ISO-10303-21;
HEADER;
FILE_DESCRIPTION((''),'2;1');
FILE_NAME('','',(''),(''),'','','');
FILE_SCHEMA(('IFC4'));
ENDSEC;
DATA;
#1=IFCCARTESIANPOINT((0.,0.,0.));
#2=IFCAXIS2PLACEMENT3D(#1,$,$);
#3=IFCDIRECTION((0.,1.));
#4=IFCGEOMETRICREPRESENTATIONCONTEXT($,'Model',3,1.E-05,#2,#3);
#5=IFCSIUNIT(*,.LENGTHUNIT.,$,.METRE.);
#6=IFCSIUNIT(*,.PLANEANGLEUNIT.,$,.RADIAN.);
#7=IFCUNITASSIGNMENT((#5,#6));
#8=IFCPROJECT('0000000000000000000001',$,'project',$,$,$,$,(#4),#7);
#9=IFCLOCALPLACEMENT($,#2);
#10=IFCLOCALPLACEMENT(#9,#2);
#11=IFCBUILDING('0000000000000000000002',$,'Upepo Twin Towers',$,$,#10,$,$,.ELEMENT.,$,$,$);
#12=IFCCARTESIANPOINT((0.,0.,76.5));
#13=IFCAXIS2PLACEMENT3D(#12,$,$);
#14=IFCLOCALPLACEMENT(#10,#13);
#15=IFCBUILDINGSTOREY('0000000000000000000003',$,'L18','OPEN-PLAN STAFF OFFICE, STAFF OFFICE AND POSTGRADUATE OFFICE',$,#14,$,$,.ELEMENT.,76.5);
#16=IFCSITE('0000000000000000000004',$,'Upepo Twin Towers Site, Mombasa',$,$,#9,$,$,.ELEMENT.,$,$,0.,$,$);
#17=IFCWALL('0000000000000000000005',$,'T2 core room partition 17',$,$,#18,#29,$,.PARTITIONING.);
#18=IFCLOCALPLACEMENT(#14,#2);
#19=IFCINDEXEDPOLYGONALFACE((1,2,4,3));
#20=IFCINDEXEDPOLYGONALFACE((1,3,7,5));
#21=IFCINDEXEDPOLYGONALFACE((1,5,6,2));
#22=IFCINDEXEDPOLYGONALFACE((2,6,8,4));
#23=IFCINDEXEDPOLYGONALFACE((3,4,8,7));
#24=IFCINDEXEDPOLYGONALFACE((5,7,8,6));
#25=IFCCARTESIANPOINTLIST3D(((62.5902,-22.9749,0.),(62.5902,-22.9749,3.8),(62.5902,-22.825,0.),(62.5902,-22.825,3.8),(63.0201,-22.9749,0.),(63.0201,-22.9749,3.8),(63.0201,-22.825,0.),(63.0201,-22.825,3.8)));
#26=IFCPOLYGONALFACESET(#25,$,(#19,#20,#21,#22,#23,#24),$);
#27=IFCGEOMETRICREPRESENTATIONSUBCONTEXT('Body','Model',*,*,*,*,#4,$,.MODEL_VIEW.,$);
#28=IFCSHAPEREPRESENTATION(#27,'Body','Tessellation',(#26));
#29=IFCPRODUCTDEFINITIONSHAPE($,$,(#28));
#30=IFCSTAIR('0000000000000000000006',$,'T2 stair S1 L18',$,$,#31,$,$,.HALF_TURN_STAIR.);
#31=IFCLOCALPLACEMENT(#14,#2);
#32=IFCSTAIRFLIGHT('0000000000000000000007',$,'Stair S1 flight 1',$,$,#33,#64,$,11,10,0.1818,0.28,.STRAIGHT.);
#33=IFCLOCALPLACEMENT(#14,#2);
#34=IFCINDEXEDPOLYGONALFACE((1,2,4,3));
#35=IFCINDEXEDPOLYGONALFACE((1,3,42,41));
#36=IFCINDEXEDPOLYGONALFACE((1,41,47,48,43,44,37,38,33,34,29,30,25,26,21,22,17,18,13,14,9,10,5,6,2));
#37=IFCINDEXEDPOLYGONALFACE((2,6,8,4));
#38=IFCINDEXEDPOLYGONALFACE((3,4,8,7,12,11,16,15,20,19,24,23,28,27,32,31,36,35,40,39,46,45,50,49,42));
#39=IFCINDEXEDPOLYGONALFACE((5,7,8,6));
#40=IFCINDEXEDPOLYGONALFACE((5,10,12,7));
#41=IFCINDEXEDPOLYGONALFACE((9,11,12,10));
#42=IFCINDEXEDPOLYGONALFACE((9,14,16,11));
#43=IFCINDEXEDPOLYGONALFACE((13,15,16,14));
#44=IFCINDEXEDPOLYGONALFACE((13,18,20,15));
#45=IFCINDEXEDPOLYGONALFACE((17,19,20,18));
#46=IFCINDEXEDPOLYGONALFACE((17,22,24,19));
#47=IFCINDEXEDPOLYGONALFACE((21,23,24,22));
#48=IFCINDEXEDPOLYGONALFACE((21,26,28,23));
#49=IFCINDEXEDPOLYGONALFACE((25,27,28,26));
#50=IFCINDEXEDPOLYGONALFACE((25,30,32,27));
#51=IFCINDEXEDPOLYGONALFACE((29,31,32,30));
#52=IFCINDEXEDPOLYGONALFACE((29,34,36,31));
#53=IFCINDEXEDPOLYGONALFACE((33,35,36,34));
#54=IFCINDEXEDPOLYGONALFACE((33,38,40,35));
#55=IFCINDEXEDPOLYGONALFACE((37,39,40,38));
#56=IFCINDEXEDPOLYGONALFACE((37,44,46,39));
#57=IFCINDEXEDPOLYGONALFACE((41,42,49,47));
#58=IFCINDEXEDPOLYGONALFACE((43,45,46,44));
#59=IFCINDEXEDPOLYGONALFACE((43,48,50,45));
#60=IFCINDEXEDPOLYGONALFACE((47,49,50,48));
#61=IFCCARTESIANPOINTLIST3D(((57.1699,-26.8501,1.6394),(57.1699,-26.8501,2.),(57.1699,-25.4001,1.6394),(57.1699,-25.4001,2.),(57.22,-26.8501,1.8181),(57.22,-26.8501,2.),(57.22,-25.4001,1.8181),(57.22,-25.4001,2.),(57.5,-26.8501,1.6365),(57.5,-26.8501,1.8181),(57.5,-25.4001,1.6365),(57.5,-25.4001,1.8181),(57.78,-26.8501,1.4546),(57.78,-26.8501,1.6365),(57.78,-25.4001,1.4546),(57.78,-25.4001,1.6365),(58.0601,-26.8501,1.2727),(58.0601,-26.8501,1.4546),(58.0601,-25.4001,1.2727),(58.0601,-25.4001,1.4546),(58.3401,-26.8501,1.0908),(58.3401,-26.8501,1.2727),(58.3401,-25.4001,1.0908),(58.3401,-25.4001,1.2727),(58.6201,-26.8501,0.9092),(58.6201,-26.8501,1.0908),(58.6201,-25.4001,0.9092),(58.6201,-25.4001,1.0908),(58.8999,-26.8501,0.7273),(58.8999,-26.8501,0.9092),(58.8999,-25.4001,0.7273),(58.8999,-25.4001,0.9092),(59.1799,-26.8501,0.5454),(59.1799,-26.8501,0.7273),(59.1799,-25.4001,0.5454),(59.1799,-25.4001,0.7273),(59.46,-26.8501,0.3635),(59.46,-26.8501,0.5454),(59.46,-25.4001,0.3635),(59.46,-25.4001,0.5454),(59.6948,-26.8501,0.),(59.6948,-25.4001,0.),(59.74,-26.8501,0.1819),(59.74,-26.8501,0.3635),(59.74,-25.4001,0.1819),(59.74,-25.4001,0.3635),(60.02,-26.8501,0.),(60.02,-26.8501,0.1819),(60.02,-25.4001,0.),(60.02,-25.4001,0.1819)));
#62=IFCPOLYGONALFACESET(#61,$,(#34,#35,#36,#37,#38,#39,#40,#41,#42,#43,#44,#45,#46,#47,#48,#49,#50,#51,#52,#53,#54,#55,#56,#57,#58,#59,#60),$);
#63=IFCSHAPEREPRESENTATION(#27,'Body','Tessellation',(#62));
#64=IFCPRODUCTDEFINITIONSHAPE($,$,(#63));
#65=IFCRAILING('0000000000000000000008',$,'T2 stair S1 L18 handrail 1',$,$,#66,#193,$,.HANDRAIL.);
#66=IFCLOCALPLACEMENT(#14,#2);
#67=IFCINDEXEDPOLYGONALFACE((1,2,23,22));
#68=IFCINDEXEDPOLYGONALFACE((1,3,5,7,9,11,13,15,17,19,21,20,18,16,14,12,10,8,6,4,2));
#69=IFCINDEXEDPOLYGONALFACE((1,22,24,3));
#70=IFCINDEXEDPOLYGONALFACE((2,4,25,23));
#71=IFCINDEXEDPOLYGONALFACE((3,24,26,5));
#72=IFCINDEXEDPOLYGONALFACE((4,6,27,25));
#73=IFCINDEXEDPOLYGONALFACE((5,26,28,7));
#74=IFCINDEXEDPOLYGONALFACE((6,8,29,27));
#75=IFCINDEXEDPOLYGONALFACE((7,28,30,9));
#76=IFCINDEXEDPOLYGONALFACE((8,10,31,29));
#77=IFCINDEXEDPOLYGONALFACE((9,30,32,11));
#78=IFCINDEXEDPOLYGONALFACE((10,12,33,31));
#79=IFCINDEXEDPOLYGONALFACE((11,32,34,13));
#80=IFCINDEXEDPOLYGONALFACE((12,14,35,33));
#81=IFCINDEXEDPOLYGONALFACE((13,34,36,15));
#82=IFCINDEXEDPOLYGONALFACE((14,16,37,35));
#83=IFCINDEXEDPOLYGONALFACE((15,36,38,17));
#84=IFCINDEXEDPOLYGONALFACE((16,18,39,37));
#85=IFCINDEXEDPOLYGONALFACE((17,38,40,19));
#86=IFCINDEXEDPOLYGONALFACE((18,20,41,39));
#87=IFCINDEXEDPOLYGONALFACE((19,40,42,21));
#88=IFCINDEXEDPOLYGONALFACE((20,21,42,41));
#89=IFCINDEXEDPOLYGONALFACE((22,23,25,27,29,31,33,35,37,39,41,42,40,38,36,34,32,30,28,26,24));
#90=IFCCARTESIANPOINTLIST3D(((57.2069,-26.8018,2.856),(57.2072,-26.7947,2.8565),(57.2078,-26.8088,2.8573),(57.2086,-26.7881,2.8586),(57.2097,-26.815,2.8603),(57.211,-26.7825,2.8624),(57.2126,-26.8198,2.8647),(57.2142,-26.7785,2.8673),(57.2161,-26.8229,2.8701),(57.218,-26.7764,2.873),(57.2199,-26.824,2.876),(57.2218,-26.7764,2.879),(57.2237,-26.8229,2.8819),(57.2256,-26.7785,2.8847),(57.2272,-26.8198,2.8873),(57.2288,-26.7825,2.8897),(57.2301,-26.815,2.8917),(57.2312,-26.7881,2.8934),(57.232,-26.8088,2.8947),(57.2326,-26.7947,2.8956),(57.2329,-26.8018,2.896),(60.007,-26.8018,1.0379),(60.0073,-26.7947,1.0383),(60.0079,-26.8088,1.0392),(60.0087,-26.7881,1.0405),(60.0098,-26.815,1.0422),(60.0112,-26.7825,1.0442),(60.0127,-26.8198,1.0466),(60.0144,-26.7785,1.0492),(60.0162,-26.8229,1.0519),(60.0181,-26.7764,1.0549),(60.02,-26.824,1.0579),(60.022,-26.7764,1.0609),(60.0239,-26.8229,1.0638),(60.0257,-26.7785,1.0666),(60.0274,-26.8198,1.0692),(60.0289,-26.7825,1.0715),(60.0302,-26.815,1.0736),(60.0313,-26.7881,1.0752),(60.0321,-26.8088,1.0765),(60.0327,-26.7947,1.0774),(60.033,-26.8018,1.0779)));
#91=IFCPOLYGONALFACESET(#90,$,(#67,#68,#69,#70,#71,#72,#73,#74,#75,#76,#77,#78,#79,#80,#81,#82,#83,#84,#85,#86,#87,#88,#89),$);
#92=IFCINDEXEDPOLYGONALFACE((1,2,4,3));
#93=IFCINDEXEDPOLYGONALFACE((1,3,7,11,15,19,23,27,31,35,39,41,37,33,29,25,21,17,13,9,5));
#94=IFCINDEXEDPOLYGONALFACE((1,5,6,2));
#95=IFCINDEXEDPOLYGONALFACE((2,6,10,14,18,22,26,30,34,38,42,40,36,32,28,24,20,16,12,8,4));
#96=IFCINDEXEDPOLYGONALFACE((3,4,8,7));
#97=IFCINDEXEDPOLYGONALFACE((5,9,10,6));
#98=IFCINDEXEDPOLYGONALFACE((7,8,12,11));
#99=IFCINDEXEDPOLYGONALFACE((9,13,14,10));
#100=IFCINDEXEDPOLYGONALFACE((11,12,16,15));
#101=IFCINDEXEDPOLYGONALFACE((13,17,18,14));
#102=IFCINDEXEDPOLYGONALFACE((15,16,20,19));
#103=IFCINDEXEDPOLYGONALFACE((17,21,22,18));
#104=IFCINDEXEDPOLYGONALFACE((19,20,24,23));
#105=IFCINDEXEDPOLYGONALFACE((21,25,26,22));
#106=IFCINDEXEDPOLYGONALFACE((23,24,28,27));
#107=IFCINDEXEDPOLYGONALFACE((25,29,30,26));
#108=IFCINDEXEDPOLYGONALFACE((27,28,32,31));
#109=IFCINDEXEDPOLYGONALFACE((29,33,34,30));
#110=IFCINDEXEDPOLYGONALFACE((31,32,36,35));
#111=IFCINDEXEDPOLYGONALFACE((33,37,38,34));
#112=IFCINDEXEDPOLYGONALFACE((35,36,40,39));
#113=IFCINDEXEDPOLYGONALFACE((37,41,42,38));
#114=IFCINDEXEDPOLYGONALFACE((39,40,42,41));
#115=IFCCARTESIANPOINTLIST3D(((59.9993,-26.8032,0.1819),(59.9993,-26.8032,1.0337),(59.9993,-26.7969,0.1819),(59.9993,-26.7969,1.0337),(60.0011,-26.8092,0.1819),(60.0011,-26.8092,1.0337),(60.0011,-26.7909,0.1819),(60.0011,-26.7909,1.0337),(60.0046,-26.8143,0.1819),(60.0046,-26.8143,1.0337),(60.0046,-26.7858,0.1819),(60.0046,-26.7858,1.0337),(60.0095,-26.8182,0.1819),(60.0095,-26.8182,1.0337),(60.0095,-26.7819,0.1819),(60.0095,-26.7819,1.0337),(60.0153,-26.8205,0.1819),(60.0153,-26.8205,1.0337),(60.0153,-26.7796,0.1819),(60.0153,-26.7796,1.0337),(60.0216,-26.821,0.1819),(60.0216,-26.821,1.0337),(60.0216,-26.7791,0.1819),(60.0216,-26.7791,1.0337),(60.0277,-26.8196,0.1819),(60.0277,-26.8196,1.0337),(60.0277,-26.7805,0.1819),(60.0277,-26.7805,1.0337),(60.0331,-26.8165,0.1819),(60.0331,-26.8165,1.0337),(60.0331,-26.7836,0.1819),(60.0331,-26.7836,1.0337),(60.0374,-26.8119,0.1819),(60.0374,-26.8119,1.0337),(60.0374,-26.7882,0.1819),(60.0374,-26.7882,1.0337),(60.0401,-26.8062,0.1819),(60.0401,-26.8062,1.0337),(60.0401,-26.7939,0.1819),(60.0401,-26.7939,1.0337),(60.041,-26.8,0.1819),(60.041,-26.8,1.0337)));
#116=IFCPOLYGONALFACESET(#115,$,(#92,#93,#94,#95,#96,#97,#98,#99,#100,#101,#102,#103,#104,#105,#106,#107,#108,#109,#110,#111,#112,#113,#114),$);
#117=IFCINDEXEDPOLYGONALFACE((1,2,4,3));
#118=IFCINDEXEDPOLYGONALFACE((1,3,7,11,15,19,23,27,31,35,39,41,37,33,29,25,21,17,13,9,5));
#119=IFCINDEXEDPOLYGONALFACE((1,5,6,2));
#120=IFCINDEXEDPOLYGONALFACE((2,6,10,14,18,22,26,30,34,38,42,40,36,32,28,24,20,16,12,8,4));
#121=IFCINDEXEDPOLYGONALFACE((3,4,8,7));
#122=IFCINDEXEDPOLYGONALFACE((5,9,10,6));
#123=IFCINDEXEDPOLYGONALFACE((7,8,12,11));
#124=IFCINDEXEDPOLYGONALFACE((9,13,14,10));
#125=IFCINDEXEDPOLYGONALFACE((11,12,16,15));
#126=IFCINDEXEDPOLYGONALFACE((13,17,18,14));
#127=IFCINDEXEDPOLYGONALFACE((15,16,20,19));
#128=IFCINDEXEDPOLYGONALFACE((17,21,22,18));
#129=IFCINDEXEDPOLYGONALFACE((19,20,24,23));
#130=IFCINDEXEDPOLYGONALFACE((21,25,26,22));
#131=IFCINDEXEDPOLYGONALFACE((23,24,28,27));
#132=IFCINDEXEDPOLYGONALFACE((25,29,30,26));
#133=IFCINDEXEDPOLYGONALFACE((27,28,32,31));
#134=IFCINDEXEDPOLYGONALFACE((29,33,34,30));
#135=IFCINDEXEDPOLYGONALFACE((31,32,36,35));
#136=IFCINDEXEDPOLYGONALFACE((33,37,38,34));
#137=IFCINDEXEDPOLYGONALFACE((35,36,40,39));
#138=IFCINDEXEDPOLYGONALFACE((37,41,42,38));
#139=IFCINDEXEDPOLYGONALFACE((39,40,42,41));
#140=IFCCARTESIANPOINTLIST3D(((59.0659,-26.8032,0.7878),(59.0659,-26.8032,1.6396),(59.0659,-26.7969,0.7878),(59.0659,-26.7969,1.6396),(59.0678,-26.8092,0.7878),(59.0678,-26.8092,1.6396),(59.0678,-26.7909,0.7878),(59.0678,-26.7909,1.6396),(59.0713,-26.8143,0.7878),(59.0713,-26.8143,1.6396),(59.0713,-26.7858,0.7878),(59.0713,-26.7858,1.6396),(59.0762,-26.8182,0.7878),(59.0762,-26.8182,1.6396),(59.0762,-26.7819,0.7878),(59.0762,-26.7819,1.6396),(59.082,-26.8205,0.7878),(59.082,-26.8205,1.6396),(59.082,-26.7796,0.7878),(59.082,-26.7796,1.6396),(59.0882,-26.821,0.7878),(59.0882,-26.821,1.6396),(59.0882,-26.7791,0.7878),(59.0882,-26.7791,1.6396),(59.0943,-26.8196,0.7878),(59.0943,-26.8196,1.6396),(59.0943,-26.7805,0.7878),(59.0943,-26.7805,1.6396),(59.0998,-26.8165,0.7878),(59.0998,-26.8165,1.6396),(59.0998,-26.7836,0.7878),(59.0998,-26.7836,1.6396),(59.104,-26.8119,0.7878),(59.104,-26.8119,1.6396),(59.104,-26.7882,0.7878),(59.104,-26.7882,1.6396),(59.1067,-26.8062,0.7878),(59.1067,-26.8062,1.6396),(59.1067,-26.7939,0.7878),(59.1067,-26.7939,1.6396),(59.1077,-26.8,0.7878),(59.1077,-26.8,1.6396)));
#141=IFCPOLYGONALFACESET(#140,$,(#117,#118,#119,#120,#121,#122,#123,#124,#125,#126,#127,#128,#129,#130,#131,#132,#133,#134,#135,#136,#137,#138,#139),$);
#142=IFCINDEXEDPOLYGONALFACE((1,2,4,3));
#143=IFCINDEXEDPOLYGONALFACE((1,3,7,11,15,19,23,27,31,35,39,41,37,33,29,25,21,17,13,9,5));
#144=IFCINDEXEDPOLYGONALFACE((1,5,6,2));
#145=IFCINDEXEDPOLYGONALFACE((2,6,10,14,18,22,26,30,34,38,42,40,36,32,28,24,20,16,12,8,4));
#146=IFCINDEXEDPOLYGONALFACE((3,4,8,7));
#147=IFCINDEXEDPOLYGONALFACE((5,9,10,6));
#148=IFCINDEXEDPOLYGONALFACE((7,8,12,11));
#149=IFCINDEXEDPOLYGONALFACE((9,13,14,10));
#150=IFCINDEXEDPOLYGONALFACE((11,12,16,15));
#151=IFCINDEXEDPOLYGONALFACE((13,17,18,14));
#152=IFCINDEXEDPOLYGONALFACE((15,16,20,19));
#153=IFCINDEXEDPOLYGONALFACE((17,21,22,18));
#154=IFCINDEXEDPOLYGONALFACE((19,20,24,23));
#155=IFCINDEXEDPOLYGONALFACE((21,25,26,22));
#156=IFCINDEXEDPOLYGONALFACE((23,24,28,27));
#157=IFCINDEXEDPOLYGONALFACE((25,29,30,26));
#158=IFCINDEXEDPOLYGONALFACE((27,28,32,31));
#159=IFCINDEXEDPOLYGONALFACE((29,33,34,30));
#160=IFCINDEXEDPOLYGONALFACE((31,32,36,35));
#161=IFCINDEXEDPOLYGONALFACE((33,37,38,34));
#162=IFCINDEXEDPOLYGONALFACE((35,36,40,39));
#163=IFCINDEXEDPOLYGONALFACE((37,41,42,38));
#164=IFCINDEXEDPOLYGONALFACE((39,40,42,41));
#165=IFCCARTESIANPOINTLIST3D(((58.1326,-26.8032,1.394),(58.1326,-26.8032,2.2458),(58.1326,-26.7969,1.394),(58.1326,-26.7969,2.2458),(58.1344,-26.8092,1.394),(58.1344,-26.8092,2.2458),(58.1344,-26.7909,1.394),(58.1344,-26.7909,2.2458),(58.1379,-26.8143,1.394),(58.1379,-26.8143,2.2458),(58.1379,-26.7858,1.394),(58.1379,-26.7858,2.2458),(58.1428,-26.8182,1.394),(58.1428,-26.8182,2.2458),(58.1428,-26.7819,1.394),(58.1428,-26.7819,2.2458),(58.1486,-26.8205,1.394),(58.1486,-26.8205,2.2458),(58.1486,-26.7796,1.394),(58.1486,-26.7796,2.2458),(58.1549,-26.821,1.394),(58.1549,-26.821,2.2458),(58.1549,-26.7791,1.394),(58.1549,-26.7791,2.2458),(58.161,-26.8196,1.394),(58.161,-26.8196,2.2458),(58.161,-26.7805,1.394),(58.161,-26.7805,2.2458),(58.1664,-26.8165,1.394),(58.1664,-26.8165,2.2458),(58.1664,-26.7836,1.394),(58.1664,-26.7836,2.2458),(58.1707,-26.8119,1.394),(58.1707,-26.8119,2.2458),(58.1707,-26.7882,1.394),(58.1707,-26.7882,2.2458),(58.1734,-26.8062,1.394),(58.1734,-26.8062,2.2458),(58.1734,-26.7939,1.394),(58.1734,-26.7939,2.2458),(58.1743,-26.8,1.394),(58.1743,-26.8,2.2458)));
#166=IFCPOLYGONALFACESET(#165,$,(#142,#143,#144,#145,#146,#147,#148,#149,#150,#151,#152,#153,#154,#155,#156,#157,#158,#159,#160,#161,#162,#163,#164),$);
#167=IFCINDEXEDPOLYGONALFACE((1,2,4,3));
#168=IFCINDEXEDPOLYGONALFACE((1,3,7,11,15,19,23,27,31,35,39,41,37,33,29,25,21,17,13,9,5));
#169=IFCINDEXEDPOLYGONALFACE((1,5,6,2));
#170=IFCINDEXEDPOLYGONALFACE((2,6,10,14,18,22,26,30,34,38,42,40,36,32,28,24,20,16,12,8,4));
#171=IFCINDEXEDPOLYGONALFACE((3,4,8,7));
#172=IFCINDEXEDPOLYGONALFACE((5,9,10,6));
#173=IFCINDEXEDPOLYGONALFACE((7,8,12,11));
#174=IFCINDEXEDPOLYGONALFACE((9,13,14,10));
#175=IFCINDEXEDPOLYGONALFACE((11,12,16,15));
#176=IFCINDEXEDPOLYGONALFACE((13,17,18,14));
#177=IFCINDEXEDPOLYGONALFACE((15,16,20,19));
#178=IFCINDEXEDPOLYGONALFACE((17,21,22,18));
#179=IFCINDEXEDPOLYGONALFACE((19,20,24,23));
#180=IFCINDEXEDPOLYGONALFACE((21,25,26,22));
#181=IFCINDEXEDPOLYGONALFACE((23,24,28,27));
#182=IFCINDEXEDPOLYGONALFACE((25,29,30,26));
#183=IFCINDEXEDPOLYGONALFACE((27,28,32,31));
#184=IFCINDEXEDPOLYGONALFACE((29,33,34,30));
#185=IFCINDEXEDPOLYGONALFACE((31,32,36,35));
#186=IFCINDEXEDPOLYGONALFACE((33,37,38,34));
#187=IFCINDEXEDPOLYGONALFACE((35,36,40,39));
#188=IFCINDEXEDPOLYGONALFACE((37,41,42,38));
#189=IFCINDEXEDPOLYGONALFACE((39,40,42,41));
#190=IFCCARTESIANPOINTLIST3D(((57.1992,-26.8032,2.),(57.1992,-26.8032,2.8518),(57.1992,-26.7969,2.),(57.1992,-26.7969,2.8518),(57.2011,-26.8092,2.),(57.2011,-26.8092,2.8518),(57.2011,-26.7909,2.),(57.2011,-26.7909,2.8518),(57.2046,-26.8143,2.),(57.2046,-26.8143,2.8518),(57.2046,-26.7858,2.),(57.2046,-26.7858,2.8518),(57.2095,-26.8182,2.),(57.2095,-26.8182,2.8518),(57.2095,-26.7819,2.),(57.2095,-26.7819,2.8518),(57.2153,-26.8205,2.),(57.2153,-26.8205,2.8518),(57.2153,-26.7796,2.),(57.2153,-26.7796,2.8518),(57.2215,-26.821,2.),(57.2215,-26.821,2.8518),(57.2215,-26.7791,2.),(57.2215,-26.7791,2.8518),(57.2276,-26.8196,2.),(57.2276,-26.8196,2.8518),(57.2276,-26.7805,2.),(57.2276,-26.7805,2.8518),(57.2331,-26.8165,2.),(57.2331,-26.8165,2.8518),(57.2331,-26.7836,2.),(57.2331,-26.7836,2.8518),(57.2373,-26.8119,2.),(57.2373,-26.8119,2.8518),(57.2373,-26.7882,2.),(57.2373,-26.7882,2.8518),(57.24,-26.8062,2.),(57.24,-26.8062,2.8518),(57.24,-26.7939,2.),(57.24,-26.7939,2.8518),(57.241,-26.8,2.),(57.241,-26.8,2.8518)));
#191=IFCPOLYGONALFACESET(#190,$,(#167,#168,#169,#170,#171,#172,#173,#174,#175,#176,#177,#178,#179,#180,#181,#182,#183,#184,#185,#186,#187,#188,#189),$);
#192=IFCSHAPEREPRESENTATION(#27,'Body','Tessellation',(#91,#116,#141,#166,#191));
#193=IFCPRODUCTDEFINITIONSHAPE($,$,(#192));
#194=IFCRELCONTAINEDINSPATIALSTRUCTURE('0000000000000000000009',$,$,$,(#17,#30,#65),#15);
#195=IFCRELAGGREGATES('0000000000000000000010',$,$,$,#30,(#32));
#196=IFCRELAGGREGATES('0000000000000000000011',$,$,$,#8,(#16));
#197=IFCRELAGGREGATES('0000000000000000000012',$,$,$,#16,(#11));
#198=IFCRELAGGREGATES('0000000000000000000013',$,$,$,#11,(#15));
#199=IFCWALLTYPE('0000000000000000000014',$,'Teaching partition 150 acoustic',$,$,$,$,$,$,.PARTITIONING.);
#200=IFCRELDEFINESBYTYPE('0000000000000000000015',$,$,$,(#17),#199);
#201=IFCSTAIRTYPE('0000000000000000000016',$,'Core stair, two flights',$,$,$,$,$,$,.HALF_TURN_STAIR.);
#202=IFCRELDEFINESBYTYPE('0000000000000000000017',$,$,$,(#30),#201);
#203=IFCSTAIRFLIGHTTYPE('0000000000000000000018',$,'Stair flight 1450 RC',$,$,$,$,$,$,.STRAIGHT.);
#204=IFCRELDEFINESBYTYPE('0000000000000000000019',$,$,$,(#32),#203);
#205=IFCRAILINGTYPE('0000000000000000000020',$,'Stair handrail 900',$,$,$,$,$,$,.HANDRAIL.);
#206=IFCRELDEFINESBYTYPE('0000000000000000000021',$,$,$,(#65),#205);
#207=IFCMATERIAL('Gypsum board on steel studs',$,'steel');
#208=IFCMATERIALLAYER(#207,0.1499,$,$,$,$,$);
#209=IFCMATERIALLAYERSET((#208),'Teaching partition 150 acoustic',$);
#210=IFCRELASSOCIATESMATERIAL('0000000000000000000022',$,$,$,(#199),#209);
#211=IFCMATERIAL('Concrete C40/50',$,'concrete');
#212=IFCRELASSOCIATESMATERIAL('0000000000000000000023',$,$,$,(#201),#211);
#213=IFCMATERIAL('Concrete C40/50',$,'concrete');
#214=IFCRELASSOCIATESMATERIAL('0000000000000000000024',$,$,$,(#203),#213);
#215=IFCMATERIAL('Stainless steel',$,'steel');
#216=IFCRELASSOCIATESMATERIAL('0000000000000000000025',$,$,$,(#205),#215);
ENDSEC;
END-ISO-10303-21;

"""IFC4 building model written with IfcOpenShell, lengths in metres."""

from ifc_helpers import new_model, si_unit, direction, frame, frame_2d, origin, origin_2d, place, context, subcontext, project, spatial, polyline, rectangle, circle, outline, extrude, material, layer, layer_set, type_object, element, aggregate, save


model = new_model("IFC4")

# Units and contexts
model_context = context("Model", 3, precision=1e-05, world=origin(), true_north=direction((0.0, 1.0)))
body_context = subcontext(model_context, "Body", "Model", "MODEL_VIEW")
ifc_project = project(units=[si_unit("LENGTHUNIT", "METRE"), si_unit("PLANEANGLEUNIT", "RADIAN")], contexts=[model_context])

# Site, building, storey
site_placement = place(None, origin())
site = spatial("IfcSite", under=ifc_project, at=site_placement, Name="Upepo Twin Towers Site, Mombasa", CompositionType="ELEMENT", RefElevation=0.0)
building_placement = place(site_placement, origin())
building = spatial("IfcBuilding", under=site, at=building_placement, Name="Upepo Twin Towers", CompositionType="ELEMENT")
storey_placement = place(building_placement, frame((0.0, 0.0, 76.5)))
storey = spatial("IfcBuildingStorey", under=building, at=storey_placement, Name="L18", Description="OPEN-PLAN STAFF OFFICE, STAFF OFFICE AND POSTGRADUATE OFFICE", CompositionType="ELEMENT", Elevation=76.5)

# Shared definitions
ifc_material_1 = material(Name="Gypsum board on steel studs", Category="steel")
ifc_layer_1 = layer(ifc_material_1, 0.1499)
ifc_layer_set_1 = layer_set([ifc_layer_1], Name="Teaching partition 150 acoustic")
wall_type_1 = type_object("IfcWallType", Name="Teaching partition 150 acoustic", PredefinedType="PARTITIONING", material=ifc_layer_set_1)

# Wall
wall_1_placement = place(storey_placement, frame((63.02, -22.8999, 0.0), z_axis=(0.0, 0.0, 1.0), x_axis=(-1.0, 0.0, 0.0)))
element("IfcWall", 1, at=wall_1_placement, inside=storey, type_object=wall_type_1, Name="T2 core room partition 17", PredefinedType="PARTITIONING", context=body_context, shape_type="SweptSolid", body=[
    extrude(rectangle(XDim=0.4299, YDim=0.1499, at=frame_2d((0.2148, 0.0))), origin(), (0.0, 0.0, 1.0), 3.8),
])

# Stair, stair flight
ifc_material_2 = material(Name="Concrete C40/50", Category="concrete")
stair_type = type_object("IfcStairType", Name="Core stair, two flights", PredefinedType="HALF_TURN_STAIR", material=ifc_material_2)
stair_placement = place(storey_placement, origin())
stair = element("IfcStair", 2, at=stair_placement, inside=storey, type_object=stair_type, Name="T2 stair S1 L18", PredefinedType="HALF_TURN_STAIR")
ifc_material_3 = material(Name="Concrete C40/50", Category="concrete")
stair_flight_type = type_object("IfcStairFlightType", Name="Stair flight 1450 RC", PredefinedType="STRAIGHT", material=ifc_material_3)
stair_flight_placement = place(storey_placement, frame((60.02, -26.125, 0.0), z_axis=(0.0, 0.0, 1.0), x_axis=(-1.0, 0.0, 0.0)))
stair_flight = element("IfcStairFlight", 3, at=stair_flight_placement, type_object=stair_flight_type, Name="Stair S1 flight 1", NumberOfRisers=11, NumberOfTreads=10, PredefinedType="STRAIGHT", RiserHeight=0.1818, TreadLength=0.28, context=body_context, shape_type="SweptSolid", body=[
    extrude(outline(polyline([(0.0, 0.0), (0.0, 0.1819), (0.28, 0.1819), (0.28, 0.3635), (0.5601, 0.3635), (0.5601, 0.5454), (0.8401, 0.5454), (0.8401, 0.7273), (1.1201, 0.7273), (1.1201, 0.9092), (1.3999, 0.9092), (1.3999, 1.0908), (1.6799, 1.0908), (1.6799, 1.2727), (1.96, 1.2727), (1.96, 1.4546), (2.24, 1.4546), (2.24, 1.6365), (2.52, 1.6365), (2.52, 1.8181), (2.8, 1.8181), (2.8, 2.0), (2.8501, 2.0), (2.8501, 1.6394), (0.3252, 0.0), (0.0, 0.0)])), frame((0.0, 0.7251, 0.0), z_axis=(0.0, -1.0, 0.0), x_axis=(1.0, 0.0, 0.0)), (0.0, 0.0, 1.0), 1.45),
])
aggregate(stair, [stair_flight])

# Railing
ifc_material_4 = material(Name="Stainless steel", Category="steel")
railing_type = type_object("IfcRailingType", Name="Stair handrail 900", PredefinedType="HANDRAIL", material=ifc_material_4)
railing_placement = place(storey_placement, frame((60.02, -26.8, 0.1819)))
element("IfcRailing", 4, at=railing_placement, inside=storey, type_object=railing_type, Name="T2 stair S1 L18 handrail 1", PredefinedType="HANDRAIL", context=body_context, shape_type="SweptSolid", body=[
    extrude(circle(Radius=0.0239, at=origin_2d()), frame((0.0, 0.0, 0.876), z_axis=(-0.838706, 0.0, 0.544585), x_axis=(0.0, -1.0, 0.0)), (0.0, 0.0, 1.0), 3.3386),
    extrude(circle(Radius=0.021, at=origin_2d()), origin(), (0.0, 0.0, 1.0), 0.8518),
    extrude(circle(Radius=0.021, at=origin_2d()), frame((-0.9333, 0.0, 0.606)), (0.0, 0.0, 1.0), 0.8518),
    extrude(circle(Radius=0.021, at=origin_2d()), frame((-1.8667, 0.0, 1.2122)), (0.0, 0.0, 1.0), 0.8518),
    extrude(circle(Radius=0.021, at=origin_2d()), frame((-2.8, 0.0, 1.8181)), (0.0, 0.0, 1.0), 0.8518),
])

save(model, "model.ifc")
